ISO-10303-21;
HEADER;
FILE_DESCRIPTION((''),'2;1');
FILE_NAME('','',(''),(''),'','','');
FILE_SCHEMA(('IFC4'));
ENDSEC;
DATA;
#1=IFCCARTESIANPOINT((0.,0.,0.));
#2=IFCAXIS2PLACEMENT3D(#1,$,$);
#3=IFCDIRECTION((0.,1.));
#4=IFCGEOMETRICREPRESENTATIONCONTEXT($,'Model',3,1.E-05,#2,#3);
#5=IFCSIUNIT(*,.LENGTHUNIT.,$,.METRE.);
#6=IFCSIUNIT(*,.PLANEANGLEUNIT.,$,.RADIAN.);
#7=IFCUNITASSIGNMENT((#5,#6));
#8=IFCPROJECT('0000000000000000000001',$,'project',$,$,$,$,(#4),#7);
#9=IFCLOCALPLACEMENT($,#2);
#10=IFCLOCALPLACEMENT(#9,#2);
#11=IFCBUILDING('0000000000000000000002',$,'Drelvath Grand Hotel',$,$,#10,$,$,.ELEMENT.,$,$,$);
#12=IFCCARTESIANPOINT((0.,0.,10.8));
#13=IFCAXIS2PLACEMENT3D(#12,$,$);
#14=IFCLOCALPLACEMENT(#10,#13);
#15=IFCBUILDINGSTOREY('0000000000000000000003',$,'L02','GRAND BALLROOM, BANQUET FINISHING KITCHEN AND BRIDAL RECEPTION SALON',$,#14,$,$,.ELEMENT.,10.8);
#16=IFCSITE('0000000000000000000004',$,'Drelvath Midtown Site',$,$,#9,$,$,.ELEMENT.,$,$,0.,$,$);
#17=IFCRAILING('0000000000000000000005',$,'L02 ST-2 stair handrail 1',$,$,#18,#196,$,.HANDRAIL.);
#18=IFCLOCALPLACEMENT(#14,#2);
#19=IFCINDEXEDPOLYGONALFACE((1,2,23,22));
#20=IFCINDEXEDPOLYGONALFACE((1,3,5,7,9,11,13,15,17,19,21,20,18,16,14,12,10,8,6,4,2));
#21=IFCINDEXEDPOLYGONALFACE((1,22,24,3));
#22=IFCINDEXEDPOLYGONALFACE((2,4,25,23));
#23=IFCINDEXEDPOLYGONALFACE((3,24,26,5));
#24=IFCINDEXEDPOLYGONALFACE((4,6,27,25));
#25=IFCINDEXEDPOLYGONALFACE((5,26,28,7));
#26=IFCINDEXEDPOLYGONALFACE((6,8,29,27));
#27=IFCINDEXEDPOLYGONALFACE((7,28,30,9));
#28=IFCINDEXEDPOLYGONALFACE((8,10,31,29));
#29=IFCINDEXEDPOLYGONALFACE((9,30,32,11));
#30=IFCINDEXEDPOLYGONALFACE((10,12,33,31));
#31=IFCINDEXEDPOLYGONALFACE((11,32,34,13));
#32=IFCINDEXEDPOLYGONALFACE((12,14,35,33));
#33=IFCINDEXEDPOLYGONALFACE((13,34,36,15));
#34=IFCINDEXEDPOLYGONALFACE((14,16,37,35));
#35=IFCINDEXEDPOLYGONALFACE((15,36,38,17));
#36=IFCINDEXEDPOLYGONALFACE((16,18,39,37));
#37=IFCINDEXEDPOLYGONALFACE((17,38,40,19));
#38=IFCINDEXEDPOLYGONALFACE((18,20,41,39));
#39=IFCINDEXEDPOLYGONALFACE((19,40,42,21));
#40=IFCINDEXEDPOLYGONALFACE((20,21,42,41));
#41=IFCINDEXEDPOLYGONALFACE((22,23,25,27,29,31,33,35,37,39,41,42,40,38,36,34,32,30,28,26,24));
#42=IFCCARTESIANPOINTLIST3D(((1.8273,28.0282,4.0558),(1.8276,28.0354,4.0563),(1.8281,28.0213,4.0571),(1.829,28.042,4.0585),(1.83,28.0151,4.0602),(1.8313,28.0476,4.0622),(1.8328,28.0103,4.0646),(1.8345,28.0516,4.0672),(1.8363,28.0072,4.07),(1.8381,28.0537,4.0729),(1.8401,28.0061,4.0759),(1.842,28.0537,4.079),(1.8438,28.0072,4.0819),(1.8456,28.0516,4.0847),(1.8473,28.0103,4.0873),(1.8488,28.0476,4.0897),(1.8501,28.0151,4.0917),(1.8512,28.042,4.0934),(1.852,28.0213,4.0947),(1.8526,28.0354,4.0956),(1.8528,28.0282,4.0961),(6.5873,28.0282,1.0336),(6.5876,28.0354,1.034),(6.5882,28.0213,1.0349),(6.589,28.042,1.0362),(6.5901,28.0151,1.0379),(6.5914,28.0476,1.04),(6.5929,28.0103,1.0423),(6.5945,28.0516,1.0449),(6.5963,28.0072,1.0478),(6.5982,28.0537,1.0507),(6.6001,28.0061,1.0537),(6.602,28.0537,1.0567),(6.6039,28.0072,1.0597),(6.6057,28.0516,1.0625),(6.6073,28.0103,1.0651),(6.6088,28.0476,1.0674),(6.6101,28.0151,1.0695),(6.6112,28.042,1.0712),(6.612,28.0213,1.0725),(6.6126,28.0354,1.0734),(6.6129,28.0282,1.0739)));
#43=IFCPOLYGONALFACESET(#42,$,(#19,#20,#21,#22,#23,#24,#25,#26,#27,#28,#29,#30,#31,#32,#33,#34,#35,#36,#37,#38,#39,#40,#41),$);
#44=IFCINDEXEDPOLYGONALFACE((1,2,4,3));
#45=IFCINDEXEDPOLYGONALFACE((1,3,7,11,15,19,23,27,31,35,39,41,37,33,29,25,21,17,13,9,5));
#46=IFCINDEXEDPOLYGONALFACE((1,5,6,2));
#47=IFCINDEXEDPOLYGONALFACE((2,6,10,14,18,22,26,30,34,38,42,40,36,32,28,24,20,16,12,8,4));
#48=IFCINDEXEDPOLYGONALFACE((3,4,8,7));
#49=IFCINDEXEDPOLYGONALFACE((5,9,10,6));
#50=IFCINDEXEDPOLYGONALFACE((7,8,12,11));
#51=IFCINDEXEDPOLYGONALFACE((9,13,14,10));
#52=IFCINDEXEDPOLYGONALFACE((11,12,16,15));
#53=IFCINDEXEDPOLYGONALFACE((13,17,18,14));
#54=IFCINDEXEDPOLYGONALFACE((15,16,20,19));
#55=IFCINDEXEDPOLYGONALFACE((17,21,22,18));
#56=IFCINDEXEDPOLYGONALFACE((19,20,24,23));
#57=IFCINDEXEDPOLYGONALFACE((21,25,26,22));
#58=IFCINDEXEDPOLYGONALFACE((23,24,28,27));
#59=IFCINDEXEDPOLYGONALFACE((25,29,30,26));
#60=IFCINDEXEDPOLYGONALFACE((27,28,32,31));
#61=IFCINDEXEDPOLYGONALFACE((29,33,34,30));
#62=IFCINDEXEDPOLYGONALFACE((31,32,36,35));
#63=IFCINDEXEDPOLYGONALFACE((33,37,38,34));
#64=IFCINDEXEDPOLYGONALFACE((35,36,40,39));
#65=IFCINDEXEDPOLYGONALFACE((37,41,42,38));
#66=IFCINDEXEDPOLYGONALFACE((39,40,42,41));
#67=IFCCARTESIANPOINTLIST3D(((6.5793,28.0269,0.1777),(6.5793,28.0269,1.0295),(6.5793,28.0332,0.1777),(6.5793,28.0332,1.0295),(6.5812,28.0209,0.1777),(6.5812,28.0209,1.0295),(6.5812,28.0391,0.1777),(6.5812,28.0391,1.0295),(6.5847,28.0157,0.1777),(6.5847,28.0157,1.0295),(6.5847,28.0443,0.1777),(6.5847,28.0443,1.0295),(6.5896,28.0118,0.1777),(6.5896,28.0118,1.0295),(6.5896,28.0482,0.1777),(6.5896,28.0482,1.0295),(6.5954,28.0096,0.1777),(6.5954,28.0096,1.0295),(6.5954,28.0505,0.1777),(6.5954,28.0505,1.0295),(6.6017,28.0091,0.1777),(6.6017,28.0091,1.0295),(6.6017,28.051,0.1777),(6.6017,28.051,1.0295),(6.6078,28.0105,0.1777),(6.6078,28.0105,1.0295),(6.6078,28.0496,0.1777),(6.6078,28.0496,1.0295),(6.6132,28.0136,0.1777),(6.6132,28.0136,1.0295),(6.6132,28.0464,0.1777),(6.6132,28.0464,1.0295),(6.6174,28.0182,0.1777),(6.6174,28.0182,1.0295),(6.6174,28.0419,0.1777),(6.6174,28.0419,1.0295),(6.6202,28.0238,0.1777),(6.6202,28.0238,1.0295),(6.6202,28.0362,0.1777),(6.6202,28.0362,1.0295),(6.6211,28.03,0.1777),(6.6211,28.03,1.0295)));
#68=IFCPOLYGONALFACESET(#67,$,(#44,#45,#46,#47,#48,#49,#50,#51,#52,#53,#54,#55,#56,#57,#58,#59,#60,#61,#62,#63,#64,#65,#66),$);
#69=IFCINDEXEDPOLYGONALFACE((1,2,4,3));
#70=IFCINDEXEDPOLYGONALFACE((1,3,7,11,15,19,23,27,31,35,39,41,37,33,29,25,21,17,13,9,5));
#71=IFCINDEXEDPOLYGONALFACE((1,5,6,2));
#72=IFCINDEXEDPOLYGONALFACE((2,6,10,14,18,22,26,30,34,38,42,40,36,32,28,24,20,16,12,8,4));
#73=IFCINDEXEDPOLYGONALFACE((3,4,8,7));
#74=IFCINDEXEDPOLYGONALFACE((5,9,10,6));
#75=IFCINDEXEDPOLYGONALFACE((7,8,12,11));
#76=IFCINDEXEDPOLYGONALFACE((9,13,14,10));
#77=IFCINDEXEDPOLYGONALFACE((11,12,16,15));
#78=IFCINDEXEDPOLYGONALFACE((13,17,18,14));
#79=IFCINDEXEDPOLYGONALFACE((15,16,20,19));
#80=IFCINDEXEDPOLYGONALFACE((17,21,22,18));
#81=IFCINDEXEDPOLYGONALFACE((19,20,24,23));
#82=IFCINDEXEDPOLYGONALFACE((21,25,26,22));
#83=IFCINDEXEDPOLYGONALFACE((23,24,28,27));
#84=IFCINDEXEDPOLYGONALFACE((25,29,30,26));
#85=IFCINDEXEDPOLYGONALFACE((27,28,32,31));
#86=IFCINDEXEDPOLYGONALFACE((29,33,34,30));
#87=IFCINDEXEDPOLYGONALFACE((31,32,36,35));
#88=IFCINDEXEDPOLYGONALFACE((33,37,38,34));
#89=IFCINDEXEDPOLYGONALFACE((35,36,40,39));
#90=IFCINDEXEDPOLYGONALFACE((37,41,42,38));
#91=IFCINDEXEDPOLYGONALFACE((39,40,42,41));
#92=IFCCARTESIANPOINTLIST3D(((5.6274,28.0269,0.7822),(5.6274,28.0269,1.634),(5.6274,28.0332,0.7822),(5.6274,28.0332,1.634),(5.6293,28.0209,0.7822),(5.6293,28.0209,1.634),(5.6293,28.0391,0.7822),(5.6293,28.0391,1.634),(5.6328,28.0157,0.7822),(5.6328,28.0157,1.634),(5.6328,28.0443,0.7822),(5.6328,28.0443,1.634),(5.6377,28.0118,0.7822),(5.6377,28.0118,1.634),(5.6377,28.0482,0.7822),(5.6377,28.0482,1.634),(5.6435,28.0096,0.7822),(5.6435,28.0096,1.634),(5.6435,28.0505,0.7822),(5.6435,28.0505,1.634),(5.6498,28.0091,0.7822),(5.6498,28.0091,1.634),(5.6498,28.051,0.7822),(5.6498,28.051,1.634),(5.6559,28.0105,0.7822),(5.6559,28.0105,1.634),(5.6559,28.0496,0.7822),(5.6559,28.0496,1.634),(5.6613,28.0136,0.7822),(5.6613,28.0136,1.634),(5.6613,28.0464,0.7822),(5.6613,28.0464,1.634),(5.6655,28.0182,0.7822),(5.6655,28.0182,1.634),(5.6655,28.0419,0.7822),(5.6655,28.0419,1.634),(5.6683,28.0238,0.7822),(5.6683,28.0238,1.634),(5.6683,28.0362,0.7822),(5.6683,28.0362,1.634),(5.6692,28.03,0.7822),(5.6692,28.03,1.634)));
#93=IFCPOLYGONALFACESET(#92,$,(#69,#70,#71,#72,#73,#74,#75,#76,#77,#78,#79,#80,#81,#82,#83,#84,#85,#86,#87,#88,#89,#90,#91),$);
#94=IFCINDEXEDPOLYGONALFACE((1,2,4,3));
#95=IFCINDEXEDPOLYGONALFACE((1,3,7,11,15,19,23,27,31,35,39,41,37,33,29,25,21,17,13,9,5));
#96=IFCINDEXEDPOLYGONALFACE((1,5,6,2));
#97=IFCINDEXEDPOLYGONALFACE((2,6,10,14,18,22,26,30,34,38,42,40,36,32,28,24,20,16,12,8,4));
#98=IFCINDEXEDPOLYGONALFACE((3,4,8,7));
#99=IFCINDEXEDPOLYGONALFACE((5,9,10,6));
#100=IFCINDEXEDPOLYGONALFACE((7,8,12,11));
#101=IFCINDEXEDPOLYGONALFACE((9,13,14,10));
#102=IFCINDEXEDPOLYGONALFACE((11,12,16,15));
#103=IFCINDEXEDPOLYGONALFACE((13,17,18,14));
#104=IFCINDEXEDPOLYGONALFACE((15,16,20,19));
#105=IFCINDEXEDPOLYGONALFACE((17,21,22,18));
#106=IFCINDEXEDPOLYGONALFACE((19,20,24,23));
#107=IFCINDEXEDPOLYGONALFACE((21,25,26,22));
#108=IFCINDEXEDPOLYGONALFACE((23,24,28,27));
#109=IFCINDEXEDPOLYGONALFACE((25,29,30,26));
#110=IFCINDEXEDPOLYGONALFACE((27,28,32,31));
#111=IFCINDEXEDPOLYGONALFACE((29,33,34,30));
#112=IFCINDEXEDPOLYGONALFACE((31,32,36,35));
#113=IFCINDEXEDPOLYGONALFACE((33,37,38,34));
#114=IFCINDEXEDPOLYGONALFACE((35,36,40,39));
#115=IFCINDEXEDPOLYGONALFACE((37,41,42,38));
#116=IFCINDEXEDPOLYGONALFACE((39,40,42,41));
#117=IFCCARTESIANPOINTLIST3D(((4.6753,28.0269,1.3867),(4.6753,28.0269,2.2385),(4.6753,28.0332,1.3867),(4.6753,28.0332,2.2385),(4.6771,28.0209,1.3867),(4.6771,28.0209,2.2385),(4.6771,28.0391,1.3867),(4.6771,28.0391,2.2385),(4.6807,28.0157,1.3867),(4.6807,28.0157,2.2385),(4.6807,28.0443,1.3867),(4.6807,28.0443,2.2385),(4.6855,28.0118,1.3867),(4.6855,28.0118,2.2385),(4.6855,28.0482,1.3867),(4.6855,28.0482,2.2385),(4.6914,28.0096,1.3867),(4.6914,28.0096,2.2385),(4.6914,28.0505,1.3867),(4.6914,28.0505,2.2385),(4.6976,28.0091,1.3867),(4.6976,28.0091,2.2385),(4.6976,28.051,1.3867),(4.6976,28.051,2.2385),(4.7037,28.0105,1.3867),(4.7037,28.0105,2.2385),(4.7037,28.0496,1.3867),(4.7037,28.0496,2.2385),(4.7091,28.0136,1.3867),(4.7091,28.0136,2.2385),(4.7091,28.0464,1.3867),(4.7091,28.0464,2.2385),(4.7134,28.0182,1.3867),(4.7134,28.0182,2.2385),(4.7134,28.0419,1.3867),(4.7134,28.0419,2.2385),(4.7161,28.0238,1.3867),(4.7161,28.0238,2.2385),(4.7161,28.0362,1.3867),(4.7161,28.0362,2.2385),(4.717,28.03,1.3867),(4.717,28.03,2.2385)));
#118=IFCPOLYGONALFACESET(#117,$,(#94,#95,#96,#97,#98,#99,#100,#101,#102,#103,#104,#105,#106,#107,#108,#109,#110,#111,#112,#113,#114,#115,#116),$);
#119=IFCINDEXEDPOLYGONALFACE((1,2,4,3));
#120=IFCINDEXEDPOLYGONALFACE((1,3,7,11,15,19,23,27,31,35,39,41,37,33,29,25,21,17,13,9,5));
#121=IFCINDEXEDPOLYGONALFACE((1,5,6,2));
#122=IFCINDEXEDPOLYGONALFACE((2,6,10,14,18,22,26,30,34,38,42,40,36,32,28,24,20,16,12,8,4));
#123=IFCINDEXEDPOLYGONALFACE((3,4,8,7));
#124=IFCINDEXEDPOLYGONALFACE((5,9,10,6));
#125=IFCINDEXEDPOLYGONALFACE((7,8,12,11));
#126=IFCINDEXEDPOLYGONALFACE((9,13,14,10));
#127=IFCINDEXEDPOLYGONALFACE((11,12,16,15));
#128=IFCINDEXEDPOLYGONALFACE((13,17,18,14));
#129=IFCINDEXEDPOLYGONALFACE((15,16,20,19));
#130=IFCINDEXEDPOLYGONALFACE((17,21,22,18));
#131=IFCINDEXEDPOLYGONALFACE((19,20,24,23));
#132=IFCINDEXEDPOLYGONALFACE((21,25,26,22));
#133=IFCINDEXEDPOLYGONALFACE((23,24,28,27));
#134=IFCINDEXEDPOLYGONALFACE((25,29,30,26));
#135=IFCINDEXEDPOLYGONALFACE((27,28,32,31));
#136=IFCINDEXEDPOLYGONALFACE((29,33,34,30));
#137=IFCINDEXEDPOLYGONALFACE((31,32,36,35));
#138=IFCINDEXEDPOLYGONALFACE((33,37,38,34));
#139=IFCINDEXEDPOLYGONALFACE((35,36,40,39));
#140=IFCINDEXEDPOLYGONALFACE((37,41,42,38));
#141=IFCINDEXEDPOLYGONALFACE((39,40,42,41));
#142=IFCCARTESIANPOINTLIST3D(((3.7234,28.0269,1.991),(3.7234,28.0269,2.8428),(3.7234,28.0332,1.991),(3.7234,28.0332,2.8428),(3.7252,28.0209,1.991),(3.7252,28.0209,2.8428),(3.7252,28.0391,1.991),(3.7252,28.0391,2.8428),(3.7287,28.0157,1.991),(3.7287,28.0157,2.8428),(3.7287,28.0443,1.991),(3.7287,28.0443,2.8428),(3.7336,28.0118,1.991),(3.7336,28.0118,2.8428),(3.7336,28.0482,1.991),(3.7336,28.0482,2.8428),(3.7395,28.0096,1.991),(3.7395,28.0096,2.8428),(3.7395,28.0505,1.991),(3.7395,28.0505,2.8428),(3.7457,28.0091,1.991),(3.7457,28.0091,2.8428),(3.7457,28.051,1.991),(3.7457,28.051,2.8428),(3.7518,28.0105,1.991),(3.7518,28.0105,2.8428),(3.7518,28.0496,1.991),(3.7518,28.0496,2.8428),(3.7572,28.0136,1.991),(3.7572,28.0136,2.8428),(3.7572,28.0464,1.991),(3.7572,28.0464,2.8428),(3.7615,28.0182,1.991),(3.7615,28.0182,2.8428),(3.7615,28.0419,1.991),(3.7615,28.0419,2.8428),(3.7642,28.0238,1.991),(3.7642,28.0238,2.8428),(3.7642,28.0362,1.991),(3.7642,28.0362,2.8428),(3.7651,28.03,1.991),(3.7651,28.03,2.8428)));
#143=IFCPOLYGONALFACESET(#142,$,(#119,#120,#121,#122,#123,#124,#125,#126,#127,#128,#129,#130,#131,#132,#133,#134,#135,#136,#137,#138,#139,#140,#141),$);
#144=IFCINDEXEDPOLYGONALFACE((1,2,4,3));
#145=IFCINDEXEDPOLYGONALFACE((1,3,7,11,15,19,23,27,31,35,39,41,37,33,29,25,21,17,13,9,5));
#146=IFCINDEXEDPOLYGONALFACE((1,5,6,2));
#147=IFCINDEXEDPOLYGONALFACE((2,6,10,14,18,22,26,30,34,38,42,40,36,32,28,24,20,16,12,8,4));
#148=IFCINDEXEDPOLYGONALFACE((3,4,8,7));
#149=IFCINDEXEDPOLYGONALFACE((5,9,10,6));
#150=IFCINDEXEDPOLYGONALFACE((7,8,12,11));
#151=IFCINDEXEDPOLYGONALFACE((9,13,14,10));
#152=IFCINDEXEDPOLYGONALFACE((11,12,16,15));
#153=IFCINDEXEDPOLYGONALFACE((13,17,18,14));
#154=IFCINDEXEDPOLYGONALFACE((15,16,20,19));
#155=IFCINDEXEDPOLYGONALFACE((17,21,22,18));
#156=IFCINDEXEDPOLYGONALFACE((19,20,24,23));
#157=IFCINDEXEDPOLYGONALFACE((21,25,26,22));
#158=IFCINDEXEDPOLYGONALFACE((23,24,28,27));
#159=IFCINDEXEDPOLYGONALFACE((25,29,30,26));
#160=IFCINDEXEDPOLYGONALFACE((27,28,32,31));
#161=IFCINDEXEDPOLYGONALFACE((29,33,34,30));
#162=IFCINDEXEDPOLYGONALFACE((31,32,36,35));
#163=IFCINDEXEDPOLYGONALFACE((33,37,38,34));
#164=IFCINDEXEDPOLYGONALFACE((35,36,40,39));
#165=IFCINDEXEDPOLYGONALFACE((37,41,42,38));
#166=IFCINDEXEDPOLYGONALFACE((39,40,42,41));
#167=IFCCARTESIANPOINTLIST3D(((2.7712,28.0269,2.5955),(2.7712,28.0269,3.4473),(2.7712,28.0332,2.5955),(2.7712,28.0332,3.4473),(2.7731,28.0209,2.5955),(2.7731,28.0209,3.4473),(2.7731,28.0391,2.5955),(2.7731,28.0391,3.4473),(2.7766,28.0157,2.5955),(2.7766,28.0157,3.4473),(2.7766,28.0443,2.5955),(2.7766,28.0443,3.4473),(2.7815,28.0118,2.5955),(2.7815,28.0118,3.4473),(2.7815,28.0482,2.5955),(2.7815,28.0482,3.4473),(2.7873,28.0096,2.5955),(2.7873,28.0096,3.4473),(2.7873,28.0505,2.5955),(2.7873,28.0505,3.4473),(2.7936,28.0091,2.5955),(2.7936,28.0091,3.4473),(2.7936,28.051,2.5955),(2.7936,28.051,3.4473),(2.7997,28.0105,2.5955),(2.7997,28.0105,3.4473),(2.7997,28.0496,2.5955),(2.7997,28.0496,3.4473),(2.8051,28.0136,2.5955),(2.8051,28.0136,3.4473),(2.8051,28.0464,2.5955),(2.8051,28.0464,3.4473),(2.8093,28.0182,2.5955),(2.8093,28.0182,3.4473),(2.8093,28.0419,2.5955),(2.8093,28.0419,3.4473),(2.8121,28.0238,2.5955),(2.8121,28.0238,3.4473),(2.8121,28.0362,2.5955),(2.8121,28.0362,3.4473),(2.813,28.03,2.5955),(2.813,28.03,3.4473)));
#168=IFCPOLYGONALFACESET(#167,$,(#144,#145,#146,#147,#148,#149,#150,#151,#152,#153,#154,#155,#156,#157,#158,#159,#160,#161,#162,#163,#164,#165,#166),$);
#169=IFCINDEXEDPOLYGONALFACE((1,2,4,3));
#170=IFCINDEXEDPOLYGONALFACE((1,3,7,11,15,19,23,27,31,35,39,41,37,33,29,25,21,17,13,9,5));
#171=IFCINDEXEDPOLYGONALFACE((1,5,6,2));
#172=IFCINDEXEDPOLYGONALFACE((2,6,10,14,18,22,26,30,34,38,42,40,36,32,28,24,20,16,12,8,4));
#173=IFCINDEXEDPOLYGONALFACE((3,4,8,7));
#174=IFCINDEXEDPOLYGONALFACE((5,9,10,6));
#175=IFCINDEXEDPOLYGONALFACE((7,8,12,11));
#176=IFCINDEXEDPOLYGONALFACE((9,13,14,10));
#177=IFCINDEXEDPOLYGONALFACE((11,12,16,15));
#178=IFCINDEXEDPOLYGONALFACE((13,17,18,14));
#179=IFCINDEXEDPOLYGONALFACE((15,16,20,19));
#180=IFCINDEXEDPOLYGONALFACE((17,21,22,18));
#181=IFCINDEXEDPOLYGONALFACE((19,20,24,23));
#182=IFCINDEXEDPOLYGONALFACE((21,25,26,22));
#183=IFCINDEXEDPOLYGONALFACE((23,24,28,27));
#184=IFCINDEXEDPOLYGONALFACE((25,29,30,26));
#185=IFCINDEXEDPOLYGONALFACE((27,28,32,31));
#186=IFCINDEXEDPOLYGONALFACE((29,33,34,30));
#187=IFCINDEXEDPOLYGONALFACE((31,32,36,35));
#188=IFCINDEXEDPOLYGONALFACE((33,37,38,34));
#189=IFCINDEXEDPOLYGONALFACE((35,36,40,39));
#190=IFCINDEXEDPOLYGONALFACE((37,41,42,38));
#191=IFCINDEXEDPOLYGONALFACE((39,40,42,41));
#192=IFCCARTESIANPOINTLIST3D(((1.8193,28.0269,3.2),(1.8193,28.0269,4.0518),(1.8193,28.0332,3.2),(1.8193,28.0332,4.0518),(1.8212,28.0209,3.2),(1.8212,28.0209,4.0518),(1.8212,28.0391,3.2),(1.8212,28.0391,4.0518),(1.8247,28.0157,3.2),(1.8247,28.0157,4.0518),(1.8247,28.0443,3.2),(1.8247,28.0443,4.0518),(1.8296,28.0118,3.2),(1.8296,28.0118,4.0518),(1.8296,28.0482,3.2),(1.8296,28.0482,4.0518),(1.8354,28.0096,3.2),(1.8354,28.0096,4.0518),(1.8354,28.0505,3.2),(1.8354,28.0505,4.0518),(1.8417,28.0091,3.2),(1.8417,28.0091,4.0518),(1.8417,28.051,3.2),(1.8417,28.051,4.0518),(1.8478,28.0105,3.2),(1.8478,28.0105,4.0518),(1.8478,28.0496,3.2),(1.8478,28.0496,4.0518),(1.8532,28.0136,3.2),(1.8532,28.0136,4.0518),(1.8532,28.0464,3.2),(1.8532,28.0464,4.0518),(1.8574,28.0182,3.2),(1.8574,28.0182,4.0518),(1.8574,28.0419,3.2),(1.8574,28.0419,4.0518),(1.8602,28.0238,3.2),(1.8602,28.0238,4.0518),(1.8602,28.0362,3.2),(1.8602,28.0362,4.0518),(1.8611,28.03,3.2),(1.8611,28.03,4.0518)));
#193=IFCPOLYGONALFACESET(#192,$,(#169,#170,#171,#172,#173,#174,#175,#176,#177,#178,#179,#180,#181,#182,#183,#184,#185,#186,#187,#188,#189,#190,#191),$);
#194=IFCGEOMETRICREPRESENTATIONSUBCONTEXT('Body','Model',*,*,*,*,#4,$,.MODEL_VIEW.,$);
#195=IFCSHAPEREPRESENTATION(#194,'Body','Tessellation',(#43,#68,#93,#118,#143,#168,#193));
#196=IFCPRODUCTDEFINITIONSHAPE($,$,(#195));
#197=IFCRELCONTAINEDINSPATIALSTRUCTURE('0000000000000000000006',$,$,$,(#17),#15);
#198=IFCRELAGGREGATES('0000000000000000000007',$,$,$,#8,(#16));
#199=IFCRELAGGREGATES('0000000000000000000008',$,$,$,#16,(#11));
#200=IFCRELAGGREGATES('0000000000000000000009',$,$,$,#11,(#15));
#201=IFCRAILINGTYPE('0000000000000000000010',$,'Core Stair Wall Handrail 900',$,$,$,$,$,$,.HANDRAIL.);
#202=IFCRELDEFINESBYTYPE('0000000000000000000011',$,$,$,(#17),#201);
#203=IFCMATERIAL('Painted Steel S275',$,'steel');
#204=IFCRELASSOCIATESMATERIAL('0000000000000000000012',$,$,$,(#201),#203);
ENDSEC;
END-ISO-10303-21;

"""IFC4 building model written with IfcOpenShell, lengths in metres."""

from ifc_helpers import new_model, si_unit, direction, frame, origin, origin_2d, place, context, subcontext, project, spatial, circle, extrude, material, type_object, element, save


model = new_model("IFC4")

# Units and contexts
model_context = context("Model", 3, precision=1e-05, world=origin(), true_north=direction((0.0, 1.0)))
body_context = subcontext(model_context, "Body", "Model", "MODEL_VIEW")
ifc_project = project(units=[si_unit("LENGTHUNIT", "METRE"), si_unit("PLANEANGLEUNIT", "RADIAN")], contexts=[model_context])

# Site, building, storey
site_placement = place(None, origin())
site = spatial("IfcSite", under=ifc_project, at=site_placement, Name="Drelvath Midtown Site", CompositionType="ELEMENT", RefElevation=0.0)
building_placement = place(site_placement, origin())
building = spatial("IfcBuilding", under=site, at=building_placement, Name="Drelvath Grand Hotel", CompositionType="ELEMENT")
storey_placement = place(building_placement, frame((0.0, 0.0, 10.8)))
storey = spatial("IfcBuildingStorey", under=building, at=storey_placement, Name="L02", Description="GRAND BALLROOM, BANQUET FINISHING KITCHEN AND BRIDAL RECEPTION SALON", CompositionType="ELEMENT", Elevation=10.8)

# Shared definitions
ifc_material_1 = material(Name="Painted Steel S275", Category="steel")

# Railing
railing_type = type_object("IfcRailingType", Name="Core Stair Wall Handrail 900", PredefinedType="HANDRAIL", material=ifc_material_1)
railing_placement = place(storey_placement, frame((6.6001, 28.03, 0.1777)))
element("IfcRailing", 1, at=railing_placement, inside=storey, type_object=railing_type, Name="L02 ST-2 stair handrail 1", PredefinedType="HANDRAIL", context=body_context, shape_type="SweptSolid", body=[
    extrude(circle(Radius=0.0239, at=origin_2d()), frame((0.0, 0.0, 0.876), z_axis=(-0.844214, 0.0, 0.536007), x_axis=(0.0, -1.0, 0.0)), (0.0, 0.0, 1.0), 5.6384),
    extrude(circle(Radius=0.021, at=origin_2d()), origin(), (0.0, 0.0, 1.0), 0.8518),
    extrude(circle(Radius=0.021, at=origin_2d()), frame((-0.9519, 0.0, 0.6045)), (0.0, 0.0, 1.0), 0.8518),
    extrude(circle(Radius=0.021, at=origin_2d()), frame((-1.9041, 0.0, 1.209)), (0.0, 0.0, 1.0), 0.8518),
    extrude(circle(Radius=0.021, at=origin_2d()), frame((-2.856, 0.0, 1.8132)), (0.0, 0.0, 1.0), 0.8518),
    extrude(circle(Radius=0.021, at=origin_2d()), frame((-3.8081, 0.0, 2.4177)), (0.0, 0.0, 1.0), 0.8518),
    extrude(circle(Radius=0.021, at=origin_2d()), frame((-4.76, 0.0, 3.0222)), (0.0, 0.0, 1.0), 0.8518),
])

save(model, "model.ifc")
